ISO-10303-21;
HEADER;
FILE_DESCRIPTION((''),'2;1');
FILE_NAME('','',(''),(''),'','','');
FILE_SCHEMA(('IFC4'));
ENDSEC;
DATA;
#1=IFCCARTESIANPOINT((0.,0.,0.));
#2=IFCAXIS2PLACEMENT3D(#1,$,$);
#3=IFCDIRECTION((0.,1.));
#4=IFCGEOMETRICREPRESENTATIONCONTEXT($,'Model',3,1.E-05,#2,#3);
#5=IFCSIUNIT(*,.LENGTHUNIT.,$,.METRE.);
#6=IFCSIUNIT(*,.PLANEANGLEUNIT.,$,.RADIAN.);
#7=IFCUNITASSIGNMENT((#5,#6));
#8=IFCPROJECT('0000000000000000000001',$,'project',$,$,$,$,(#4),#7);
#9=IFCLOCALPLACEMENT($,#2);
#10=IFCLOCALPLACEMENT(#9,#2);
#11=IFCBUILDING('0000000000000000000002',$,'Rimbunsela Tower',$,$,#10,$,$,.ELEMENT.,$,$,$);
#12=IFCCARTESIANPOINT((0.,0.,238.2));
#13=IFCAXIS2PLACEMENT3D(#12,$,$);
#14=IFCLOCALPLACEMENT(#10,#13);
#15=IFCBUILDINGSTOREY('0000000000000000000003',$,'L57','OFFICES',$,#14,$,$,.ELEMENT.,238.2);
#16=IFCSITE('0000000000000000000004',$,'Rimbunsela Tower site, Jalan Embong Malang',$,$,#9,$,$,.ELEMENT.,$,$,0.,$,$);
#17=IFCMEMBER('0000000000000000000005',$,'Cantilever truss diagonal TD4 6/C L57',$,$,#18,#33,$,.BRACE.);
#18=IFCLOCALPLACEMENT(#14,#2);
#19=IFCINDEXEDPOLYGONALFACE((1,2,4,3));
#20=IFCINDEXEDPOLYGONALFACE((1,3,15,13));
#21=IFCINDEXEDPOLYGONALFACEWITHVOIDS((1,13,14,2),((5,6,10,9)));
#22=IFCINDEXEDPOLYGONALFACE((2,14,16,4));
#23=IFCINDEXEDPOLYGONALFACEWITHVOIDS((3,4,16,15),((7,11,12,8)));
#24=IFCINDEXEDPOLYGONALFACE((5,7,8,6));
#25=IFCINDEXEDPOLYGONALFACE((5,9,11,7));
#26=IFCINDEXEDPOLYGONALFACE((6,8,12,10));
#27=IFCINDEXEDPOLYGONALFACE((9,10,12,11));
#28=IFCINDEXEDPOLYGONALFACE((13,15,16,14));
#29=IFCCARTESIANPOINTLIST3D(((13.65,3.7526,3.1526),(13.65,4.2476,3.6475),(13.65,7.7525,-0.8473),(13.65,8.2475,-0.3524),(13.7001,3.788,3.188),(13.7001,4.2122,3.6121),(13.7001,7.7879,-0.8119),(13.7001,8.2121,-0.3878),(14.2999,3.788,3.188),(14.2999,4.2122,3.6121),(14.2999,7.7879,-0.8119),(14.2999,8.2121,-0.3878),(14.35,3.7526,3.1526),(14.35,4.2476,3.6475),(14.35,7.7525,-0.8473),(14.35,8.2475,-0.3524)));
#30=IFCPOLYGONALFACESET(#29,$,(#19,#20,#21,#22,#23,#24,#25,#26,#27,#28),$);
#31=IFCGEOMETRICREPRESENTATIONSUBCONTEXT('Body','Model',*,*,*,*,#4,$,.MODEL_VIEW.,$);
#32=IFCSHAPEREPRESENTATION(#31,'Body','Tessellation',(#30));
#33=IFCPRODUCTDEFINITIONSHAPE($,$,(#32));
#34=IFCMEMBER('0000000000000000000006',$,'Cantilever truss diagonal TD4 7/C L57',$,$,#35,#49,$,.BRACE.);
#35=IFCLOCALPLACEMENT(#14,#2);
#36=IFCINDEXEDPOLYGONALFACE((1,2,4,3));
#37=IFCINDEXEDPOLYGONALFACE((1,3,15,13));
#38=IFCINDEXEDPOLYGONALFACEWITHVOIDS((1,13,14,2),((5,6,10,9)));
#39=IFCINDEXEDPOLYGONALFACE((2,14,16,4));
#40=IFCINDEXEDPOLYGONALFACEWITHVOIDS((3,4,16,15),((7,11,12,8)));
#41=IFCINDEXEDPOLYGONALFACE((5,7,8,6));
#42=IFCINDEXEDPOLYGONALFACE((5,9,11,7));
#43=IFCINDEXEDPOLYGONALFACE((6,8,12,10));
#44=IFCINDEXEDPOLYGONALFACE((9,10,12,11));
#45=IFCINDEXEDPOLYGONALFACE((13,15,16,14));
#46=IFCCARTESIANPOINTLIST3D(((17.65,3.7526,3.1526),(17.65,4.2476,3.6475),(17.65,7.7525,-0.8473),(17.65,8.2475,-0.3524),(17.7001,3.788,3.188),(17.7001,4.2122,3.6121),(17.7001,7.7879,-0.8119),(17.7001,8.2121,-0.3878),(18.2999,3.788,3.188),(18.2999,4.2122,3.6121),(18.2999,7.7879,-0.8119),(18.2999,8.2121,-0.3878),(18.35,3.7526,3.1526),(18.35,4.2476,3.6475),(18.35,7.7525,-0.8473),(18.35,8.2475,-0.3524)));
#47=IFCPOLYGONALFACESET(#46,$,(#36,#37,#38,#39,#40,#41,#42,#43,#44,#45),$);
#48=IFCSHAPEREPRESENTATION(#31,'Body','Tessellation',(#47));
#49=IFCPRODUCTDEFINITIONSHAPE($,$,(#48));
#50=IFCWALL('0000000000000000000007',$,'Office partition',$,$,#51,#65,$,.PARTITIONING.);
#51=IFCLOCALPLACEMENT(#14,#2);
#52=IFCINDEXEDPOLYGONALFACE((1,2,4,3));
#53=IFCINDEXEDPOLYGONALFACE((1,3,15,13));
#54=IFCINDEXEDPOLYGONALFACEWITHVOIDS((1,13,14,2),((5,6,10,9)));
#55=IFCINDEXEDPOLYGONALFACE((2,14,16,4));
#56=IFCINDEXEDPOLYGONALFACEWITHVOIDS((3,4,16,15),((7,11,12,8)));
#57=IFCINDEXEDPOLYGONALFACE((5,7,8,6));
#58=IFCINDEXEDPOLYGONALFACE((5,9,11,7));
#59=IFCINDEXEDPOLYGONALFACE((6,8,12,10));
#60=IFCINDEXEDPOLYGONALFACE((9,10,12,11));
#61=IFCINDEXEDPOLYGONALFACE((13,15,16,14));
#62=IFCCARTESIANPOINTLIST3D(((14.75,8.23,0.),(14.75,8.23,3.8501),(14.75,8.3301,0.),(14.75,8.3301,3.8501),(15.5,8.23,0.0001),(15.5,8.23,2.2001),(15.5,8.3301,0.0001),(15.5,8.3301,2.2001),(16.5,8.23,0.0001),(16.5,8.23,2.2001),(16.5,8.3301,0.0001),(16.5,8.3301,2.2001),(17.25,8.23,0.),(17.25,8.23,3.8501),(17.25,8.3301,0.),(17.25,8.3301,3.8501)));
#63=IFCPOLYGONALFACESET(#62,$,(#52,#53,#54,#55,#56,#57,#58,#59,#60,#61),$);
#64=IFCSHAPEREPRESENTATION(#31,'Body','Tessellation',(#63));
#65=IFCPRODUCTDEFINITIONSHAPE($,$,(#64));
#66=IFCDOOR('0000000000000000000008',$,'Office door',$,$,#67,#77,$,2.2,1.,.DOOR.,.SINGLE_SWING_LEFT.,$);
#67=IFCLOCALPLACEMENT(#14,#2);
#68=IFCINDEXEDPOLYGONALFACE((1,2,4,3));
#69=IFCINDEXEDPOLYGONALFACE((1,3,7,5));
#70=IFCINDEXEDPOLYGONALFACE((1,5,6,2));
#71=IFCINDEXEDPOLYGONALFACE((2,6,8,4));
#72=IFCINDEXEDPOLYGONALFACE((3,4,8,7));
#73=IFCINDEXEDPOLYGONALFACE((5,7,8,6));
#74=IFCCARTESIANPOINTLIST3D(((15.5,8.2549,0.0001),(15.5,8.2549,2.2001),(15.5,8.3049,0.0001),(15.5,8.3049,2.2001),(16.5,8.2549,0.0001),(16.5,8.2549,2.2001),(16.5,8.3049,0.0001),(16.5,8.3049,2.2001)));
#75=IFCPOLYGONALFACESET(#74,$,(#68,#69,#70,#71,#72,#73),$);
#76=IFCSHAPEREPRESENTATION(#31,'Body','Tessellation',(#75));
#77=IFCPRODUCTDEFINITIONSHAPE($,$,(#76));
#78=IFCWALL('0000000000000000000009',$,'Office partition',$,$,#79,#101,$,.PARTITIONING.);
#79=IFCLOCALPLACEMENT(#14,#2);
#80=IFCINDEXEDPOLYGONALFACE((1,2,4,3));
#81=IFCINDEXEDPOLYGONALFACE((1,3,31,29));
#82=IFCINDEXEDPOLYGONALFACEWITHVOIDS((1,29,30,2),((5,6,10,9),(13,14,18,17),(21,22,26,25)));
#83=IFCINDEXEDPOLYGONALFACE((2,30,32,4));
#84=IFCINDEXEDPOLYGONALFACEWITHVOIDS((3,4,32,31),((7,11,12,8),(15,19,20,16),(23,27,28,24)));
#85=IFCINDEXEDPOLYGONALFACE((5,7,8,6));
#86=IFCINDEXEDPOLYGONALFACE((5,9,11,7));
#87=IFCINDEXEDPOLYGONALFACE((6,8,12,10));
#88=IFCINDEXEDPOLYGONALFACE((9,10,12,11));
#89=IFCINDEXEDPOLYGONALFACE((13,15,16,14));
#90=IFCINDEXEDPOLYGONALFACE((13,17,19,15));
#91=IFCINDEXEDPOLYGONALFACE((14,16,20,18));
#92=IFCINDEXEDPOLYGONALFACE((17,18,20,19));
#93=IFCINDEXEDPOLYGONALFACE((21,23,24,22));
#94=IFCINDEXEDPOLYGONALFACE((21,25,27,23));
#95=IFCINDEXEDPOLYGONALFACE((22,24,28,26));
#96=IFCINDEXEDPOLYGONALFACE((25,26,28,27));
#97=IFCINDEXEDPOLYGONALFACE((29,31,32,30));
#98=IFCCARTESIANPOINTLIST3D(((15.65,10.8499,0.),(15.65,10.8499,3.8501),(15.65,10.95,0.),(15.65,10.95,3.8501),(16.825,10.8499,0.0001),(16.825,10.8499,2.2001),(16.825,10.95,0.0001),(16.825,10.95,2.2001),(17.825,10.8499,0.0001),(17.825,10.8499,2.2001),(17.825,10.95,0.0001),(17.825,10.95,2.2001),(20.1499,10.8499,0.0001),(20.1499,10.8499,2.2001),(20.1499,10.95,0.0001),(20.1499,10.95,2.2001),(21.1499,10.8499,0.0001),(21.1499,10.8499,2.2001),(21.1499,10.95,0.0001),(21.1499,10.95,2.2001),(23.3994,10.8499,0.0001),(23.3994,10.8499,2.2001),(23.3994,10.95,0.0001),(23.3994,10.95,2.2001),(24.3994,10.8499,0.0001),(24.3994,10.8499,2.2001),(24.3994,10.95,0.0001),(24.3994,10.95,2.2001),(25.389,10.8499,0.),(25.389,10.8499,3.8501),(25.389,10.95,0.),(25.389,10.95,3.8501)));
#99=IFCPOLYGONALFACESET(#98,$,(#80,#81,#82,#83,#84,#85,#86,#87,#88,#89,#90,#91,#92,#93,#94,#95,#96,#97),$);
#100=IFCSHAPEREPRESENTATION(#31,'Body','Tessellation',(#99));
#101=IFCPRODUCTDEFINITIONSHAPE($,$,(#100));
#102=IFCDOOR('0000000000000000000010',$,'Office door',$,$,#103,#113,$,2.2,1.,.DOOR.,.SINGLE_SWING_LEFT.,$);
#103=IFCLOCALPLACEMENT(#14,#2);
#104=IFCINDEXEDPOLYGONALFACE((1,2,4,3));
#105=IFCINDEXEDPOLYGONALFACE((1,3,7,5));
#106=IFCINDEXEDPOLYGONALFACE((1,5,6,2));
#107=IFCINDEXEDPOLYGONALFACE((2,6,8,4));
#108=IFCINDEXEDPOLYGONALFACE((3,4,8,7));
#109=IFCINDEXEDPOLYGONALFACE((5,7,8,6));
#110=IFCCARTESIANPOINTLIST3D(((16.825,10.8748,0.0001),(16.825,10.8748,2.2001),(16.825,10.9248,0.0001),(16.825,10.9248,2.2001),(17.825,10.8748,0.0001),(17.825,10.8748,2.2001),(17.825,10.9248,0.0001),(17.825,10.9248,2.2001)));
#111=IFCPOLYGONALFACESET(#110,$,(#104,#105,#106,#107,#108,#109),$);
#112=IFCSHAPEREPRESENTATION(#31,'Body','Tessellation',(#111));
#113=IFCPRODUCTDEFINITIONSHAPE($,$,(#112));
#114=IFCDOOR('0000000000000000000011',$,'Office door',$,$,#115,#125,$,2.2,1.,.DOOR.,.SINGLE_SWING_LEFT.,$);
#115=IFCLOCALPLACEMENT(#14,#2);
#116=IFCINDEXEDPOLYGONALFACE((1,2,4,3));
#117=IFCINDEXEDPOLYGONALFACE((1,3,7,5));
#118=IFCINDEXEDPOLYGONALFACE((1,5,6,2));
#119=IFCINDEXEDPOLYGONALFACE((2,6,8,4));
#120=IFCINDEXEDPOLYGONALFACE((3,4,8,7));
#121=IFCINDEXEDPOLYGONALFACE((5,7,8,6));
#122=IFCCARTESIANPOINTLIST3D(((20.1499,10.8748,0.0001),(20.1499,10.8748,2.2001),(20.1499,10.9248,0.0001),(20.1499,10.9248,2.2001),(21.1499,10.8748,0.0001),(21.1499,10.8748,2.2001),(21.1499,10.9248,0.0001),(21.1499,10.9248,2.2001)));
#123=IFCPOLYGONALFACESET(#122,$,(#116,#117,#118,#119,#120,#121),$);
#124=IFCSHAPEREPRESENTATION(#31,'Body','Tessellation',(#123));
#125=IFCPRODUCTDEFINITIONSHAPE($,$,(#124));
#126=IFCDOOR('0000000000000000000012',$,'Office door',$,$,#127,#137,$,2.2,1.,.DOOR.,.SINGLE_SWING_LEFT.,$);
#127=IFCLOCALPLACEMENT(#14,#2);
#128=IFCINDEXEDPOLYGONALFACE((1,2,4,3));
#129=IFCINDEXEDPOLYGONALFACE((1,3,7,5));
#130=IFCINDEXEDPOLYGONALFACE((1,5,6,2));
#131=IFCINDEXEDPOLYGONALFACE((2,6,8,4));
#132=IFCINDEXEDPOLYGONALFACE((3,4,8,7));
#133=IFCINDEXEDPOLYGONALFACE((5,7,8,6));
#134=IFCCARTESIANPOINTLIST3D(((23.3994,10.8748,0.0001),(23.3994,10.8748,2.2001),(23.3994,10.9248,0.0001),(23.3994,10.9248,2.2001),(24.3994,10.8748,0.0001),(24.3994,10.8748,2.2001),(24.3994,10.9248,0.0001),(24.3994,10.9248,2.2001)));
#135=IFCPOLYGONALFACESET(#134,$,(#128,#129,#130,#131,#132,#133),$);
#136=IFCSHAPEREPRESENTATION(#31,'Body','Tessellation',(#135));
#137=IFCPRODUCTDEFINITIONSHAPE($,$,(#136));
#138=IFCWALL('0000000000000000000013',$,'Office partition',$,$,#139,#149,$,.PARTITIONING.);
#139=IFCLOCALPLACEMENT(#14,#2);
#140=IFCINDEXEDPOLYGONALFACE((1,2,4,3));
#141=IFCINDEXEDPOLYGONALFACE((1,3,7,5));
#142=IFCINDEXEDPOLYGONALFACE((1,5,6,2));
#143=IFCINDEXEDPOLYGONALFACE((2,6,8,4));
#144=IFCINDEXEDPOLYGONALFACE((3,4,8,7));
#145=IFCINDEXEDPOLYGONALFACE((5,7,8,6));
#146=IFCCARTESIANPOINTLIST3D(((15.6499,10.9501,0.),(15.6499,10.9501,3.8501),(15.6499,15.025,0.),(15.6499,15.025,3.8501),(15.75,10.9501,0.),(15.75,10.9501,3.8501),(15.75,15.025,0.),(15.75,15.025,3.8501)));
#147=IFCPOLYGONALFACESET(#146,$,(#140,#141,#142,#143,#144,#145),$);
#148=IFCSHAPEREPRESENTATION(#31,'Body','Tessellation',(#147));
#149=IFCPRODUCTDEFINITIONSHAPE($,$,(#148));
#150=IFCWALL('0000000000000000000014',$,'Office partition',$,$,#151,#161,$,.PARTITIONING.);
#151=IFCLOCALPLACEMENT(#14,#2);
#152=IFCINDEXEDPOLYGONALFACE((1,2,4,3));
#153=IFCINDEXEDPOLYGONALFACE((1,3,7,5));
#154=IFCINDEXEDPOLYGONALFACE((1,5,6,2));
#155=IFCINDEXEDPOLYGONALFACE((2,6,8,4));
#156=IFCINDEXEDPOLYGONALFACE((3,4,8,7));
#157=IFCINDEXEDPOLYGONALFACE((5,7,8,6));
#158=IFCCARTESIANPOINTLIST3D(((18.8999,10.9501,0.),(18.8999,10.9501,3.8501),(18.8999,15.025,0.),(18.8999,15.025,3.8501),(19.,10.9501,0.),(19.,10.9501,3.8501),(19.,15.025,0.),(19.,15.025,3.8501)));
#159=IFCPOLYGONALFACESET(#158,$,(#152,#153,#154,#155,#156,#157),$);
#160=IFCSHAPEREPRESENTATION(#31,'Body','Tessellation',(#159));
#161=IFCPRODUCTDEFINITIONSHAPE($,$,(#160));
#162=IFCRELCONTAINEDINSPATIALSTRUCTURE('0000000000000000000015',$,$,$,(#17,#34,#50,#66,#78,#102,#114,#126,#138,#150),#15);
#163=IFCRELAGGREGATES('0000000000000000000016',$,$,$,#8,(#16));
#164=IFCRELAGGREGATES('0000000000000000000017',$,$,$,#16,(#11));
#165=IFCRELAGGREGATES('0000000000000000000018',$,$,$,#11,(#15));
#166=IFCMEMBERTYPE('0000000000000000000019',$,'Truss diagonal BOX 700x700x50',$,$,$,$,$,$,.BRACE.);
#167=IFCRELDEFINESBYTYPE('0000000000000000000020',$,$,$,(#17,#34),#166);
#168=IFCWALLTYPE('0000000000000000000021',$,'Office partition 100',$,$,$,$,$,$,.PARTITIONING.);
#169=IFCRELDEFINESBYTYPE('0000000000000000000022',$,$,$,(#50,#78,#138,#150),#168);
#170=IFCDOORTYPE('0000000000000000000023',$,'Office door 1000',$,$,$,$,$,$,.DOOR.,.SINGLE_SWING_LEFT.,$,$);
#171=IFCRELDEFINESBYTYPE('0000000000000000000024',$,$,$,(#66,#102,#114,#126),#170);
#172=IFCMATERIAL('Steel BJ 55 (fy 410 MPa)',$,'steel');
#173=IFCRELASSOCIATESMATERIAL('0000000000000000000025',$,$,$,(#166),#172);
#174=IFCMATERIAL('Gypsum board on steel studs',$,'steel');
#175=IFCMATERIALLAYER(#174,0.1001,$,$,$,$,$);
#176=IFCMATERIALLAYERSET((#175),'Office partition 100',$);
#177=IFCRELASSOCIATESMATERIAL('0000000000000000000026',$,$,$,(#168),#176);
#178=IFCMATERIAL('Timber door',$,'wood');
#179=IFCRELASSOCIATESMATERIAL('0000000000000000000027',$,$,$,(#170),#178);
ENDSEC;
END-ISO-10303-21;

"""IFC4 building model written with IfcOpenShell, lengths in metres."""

from ifc_helpers import new_model, si_unit, direction, frame, frame_2d, origin, origin_2d, place, context, subcontext, project, spatial, rectangle, hollow_rectangle, extrude, material, layer, layer_set, material_profile, profile_set, type_object, element, fill, save


model = new_model("IFC4")

# Units and contexts
model_context = context("Model", 3, precision=1e-05, world=origin(), true_north=direction((0.0, 1.0)))
body_context = subcontext(model_context, "Body", "Model", "MODEL_VIEW")
ifc_project = project(units=[si_unit("LENGTHUNIT", "METRE"), si_unit("PLANEANGLEUNIT", "RADIAN")], contexts=[model_context])

# Site, building, storey
site_placement = place(None, origin())
site = spatial("IfcSite", under=ifc_project, at=site_placement, Name="Rimbunsela Tower site, Jalan Embong Malang", CompositionType="ELEMENT", RefElevation=0.0)
building_placement = place(site_placement, origin())
building = spatial("IfcBuilding", under=site, at=building_placement, Name="Rimbunsela Tower", CompositionType="ELEMENT")
storey_placement = place(building_placement, frame((0.0, 0.0, 238.2)))
storey = spatial("IfcBuildingStorey", under=building, at=storey_placement, Name="L57", Description="OFFICES", CompositionType="ELEMENT", Elevation=238.2)

# Members
ifc_material_1 = material(Name="Steel BJ 55 (fy 410 MPa)", Category="steel")
ifc_material_profile_1 = material_profile(ifc_material_1, hollow_rectangle(XDim=0.7, YDim=0.7, WallThickness=0.05, at=origin_2d()), Name="BOX 700x700x50")
ifc_profile_set_1 = profile_set([ifc_material_profile_1], Name="Steel BJ 55 (fy 410 MPa)")
member_type = type_object("IfcMemberType", Name="Truss diagonal BOX 700x700x50", PredefinedType="BRACE", material=ifc_profile_set_1)
for number, where, z_axis, x_axis, name in (
    (1, (14.0, 8.0, -0.5999), (0.0, -0.707107, 0.707107), (1.0, 0.0, 0.0), "Cantilever truss diagonal TD4 6/C L57"),
    (2, (18.0, 8.0, -0.5999), (0.0, -0.707107, 0.707107), (1.0, 0.0, 0.0), "Cantilever truss diagonal TD4 7/C L57"),
):
    element("IfcMember", number, at=place(storey_placement, frame(where, z_axis=z_axis, x_axis=x_axis)), inside=storey, type_object=member_type, Name=name, PredefinedType="BRACE", context=body_context, shape_type="SweptSolid", body=[
        extrude(hollow_rectangle(XDim=0.7, YDim=0.7, WallThickness=0.05, at=origin_2d()), origin(), (0.0, 0.0, 1.0), 5.6567),
    ])

# Wall, opening, door
ifc_material_2 = material(Name="Gypsum board on steel studs", Category="steel")
ifc_layer_1 = layer(ifc_material_2, 0.1001)
ifc_layer_set_1 = layer_set([ifc_layer_1], Name="Office partition 100")
wall_type_1 = type_object("IfcWallType", Name="Office partition 100", PredefinedType="PARTITIONING", material=ifc_layer_set_1)
wall_1_placement = place(storey_placement, frame((14.75, 8.28, 0.0), z_axis=(0.0, 0.0, 1.0), x_axis=(1.0, 0.0, 0.0)))
wall_1 = element("IfcWall", 3, at=wall_1_placement, inside=storey, type_object=wall_type_1, Name="Office partition", PredefinedType="PARTITIONING", context=body_context, shape_type="SweptSolid", body=[
    extrude(rectangle(XDim=2.5, YDim=0.1001, at=frame_2d((1.25, 0.0))), origin(), (0.0, 0.0, 1.0), 3.8501),
])
opening_1_placement = place(wall_1_placement, frame((0.75, 0.0, 0.0)))
opening_1 = element("IfcOpeningElement", 4, at=opening_1_placement, cuts=wall_1, PredefinedType="OPENING", context=body_context, shape_type="SweptSolid", body=[
    extrude(rectangle(XDim=1.0, YDim=2.2, at=frame_2d((0.5, 1.1001))), frame((0.0, 0.0601, 0.0), z_axis=(0.0, -1.0, 0.0), x_axis=(1.0, 0.0, 0.0)), (0.0, 0.0, 1.0), 0.1201),
])
ifc_material_3 = material(Name="Timber door", Category="wood")
door_type_1 = type_object("IfcDoorType", Name="Office door 1000", OperationType="SINGLE_SWING_LEFT", PredefinedType="DOOR", material=ifc_material_3)
door_1_placement = place(opening_1_placement, origin())
door_1 = element("IfcDoor", 5, at=door_1_placement, inside=storey, type_object=door_type_1, Name="Office door", OperationType="SINGLE_SWING_LEFT", OverallHeight=2.2, OverallWidth=1.0, PredefinedType="DOOR", context=body_context, shape_type="SweptSolid", body=[
    extrude(rectangle(XDim=1.0, YDim=2.2, at=frame_2d((0.5, 1.1001))), frame((0.0, 0.0249, 0.0), z_axis=(0.0, -1.0, 0.0), x_axis=(1.0, 0.0, 0.0)), (0.0, 0.0, 1.0), 0.05),
])
fill(opening_1, door_1)

# Wall, openings, doors
wall_2_placement = place(storey_placement, frame((15.6499, 10.8999, 0.0), z_axis=(0.0, 0.0, 1.0), x_axis=(1.0, 0.0, 0.0)))
wall_2 = element("IfcWall", 6, at=wall_2_placement, inside=storey, type_object=wall_type_1, Name="Office partition", PredefinedType="PARTITIONING", context=body_context, shape_type="SweptSolid", body=[
    extrude(rectangle(XDim=9.739, YDim=0.1001, at=frame_2d((4.8696, 0.0))), origin(), (0.0, 0.0, 1.0), 3.8501),
])
opening_2_placement = place(wall_2_placement, frame((1.175, 0.0, 0.0)))
opening_2 = element("IfcOpeningElement", 7, at=opening_2_placement, cuts=wall_2, PredefinedType="OPENING", context=body_context, shape_type="SweptSolid", body=[
    extrude(rectangle(XDim=1.0, YDim=2.2, at=frame_2d((0.5, 1.1001))), frame((0.0, 0.0601, 0.0), z_axis=(0.0, -1.0, 0.0), x_axis=(1.0, 0.0, 0.0)), (0.0, 0.0, 1.0), 0.1201),
])
opening_3_placement = place(wall_2_placement, frame((4.5, 0.0, 0.0)))
opening_3 = element("IfcOpeningElement", 8, at=opening_3_placement, cuts=wall_2, PredefinedType="OPENING", context=body_context, shape_type="SweptSolid", body=[
    extrude(rectangle(XDim=1.0, YDim=2.2, at=frame_2d((0.5, 1.1001))), frame((0.0, 0.0601, 0.0), z_axis=(0.0, -1.0, 0.0), x_axis=(1.0, 0.0, 0.0)), (0.0, 0.0, 1.0), 0.1201),
])
opening_4_placement = place(wall_2_placement, frame((7.7495, 0.0, 0.0)))
opening_4 = element("IfcOpeningElement", 9, at=opening_4_placement, cuts=wall_2, PredefinedType="OPENING", context=body_context, shape_type="SweptSolid", body=[
    extrude(rectangle(XDim=1.0, YDim=2.2, at=frame_2d((0.5, 1.1001))), frame((0.0, 0.0601, 0.0), z_axis=(0.0, -1.0, 0.0), x_axis=(1.0, 0.0, 0.0)), (0.0, 0.0, 1.0), 0.1201),
])
door_2_placement = place(opening_2_placement, origin())
door_2 = element("IfcDoor", 10, at=door_2_placement, inside=storey, type_object=door_type_1, Name="Office door", OperationType="SINGLE_SWING_LEFT", OverallHeight=2.2, OverallWidth=1.0, PredefinedType="DOOR", context=body_context, shape_type="SweptSolid", body=[
    extrude(rectangle(XDim=1.0, YDim=2.2, at=frame_2d((0.5, 1.1001))), frame((0.0, 0.0249, 0.0), z_axis=(0.0, -1.0, 0.0), x_axis=(1.0, 0.0, 0.0)), (0.0, 0.0, 1.0), 0.05),
])
fill(opening_2, door_2)
door_3_placement = place(opening_3_placement, origin())
door_3 = element("IfcDoor", 11, at=door_3_placement, inside=storey, type_object=door_type_1, Name="Office door", OperationType="SINGLE_SWING_LEFT", OverallHeight=2.2, OverallWidth=1.0, PredefinedType="DOOR", context=body_context, shape_type="SweptSolid", body=[
    extrude(rectangle(XDim=1.0, YDim=2.2, at=frame_2d((0.5, 1.1001))), frame((0.0, 0.0249, 0.0), z_axis=(0.0, -1.0, 0.0), x_axis=(1.0, 0.0, 0.0)), (0.0, 0.0, 1.0), 0.05),
])
fill(opening_3, door_3)
door_4_placement = place(opening_4_placement, origin())
door_4 = element("IfcDoor", 12, at=door_4_placement, inside=storey, type_object=door_type_1, Name="Office door", OperationType="SINGLE_SWING_LEFT", OverallHeight=2.2, OverallWidth=1.0, PredefinedType="DOOR", context=body_context, shape_type="SweptSolid", body=[
    extrude(rectangle(XDim=1.0, YDim=2.2, at=frame_2d((0.5, 1.1001))), frame((0.0, 0.0249, 0.0), z_axis=(0.0, -1.0, 0.0), x_axis=(1.0, 0.0, 0.0)), (0.0, 0.0, 1.0), 0.05),
])
fill(opening_4, door_4)

# Walls
for number, where, z_axis, x_axis, name in (
    (13, (15.7, 10.95, 0.0), (0.0, 0.0, 1.0), (0.0, 1.0, 0.0), "Office partition"),
    (14, (18.95, 10.95, 0.0), (0.0, 0.0, 1.0), (0.0, 1.0, 0.0), "Office partition"),
):
    element("IfcWall", number, at=place(storey_placement, frame(where, z_axis=z_axis, x_axis=x_axis)), inside=storey, type_object=wall_type_1, Name=name, PredefinedType="PARTITIONING", context=body_context, shape_type="SweptSolid", body=[
        extrude(rectangle(XDim=4.075, YDim=0.1001, at=frame_2d((2.0376, 0.0))), origin(), (0.0, 0.0, 1.0), 3.8501),
    ])

save(model, "model.ifc")
